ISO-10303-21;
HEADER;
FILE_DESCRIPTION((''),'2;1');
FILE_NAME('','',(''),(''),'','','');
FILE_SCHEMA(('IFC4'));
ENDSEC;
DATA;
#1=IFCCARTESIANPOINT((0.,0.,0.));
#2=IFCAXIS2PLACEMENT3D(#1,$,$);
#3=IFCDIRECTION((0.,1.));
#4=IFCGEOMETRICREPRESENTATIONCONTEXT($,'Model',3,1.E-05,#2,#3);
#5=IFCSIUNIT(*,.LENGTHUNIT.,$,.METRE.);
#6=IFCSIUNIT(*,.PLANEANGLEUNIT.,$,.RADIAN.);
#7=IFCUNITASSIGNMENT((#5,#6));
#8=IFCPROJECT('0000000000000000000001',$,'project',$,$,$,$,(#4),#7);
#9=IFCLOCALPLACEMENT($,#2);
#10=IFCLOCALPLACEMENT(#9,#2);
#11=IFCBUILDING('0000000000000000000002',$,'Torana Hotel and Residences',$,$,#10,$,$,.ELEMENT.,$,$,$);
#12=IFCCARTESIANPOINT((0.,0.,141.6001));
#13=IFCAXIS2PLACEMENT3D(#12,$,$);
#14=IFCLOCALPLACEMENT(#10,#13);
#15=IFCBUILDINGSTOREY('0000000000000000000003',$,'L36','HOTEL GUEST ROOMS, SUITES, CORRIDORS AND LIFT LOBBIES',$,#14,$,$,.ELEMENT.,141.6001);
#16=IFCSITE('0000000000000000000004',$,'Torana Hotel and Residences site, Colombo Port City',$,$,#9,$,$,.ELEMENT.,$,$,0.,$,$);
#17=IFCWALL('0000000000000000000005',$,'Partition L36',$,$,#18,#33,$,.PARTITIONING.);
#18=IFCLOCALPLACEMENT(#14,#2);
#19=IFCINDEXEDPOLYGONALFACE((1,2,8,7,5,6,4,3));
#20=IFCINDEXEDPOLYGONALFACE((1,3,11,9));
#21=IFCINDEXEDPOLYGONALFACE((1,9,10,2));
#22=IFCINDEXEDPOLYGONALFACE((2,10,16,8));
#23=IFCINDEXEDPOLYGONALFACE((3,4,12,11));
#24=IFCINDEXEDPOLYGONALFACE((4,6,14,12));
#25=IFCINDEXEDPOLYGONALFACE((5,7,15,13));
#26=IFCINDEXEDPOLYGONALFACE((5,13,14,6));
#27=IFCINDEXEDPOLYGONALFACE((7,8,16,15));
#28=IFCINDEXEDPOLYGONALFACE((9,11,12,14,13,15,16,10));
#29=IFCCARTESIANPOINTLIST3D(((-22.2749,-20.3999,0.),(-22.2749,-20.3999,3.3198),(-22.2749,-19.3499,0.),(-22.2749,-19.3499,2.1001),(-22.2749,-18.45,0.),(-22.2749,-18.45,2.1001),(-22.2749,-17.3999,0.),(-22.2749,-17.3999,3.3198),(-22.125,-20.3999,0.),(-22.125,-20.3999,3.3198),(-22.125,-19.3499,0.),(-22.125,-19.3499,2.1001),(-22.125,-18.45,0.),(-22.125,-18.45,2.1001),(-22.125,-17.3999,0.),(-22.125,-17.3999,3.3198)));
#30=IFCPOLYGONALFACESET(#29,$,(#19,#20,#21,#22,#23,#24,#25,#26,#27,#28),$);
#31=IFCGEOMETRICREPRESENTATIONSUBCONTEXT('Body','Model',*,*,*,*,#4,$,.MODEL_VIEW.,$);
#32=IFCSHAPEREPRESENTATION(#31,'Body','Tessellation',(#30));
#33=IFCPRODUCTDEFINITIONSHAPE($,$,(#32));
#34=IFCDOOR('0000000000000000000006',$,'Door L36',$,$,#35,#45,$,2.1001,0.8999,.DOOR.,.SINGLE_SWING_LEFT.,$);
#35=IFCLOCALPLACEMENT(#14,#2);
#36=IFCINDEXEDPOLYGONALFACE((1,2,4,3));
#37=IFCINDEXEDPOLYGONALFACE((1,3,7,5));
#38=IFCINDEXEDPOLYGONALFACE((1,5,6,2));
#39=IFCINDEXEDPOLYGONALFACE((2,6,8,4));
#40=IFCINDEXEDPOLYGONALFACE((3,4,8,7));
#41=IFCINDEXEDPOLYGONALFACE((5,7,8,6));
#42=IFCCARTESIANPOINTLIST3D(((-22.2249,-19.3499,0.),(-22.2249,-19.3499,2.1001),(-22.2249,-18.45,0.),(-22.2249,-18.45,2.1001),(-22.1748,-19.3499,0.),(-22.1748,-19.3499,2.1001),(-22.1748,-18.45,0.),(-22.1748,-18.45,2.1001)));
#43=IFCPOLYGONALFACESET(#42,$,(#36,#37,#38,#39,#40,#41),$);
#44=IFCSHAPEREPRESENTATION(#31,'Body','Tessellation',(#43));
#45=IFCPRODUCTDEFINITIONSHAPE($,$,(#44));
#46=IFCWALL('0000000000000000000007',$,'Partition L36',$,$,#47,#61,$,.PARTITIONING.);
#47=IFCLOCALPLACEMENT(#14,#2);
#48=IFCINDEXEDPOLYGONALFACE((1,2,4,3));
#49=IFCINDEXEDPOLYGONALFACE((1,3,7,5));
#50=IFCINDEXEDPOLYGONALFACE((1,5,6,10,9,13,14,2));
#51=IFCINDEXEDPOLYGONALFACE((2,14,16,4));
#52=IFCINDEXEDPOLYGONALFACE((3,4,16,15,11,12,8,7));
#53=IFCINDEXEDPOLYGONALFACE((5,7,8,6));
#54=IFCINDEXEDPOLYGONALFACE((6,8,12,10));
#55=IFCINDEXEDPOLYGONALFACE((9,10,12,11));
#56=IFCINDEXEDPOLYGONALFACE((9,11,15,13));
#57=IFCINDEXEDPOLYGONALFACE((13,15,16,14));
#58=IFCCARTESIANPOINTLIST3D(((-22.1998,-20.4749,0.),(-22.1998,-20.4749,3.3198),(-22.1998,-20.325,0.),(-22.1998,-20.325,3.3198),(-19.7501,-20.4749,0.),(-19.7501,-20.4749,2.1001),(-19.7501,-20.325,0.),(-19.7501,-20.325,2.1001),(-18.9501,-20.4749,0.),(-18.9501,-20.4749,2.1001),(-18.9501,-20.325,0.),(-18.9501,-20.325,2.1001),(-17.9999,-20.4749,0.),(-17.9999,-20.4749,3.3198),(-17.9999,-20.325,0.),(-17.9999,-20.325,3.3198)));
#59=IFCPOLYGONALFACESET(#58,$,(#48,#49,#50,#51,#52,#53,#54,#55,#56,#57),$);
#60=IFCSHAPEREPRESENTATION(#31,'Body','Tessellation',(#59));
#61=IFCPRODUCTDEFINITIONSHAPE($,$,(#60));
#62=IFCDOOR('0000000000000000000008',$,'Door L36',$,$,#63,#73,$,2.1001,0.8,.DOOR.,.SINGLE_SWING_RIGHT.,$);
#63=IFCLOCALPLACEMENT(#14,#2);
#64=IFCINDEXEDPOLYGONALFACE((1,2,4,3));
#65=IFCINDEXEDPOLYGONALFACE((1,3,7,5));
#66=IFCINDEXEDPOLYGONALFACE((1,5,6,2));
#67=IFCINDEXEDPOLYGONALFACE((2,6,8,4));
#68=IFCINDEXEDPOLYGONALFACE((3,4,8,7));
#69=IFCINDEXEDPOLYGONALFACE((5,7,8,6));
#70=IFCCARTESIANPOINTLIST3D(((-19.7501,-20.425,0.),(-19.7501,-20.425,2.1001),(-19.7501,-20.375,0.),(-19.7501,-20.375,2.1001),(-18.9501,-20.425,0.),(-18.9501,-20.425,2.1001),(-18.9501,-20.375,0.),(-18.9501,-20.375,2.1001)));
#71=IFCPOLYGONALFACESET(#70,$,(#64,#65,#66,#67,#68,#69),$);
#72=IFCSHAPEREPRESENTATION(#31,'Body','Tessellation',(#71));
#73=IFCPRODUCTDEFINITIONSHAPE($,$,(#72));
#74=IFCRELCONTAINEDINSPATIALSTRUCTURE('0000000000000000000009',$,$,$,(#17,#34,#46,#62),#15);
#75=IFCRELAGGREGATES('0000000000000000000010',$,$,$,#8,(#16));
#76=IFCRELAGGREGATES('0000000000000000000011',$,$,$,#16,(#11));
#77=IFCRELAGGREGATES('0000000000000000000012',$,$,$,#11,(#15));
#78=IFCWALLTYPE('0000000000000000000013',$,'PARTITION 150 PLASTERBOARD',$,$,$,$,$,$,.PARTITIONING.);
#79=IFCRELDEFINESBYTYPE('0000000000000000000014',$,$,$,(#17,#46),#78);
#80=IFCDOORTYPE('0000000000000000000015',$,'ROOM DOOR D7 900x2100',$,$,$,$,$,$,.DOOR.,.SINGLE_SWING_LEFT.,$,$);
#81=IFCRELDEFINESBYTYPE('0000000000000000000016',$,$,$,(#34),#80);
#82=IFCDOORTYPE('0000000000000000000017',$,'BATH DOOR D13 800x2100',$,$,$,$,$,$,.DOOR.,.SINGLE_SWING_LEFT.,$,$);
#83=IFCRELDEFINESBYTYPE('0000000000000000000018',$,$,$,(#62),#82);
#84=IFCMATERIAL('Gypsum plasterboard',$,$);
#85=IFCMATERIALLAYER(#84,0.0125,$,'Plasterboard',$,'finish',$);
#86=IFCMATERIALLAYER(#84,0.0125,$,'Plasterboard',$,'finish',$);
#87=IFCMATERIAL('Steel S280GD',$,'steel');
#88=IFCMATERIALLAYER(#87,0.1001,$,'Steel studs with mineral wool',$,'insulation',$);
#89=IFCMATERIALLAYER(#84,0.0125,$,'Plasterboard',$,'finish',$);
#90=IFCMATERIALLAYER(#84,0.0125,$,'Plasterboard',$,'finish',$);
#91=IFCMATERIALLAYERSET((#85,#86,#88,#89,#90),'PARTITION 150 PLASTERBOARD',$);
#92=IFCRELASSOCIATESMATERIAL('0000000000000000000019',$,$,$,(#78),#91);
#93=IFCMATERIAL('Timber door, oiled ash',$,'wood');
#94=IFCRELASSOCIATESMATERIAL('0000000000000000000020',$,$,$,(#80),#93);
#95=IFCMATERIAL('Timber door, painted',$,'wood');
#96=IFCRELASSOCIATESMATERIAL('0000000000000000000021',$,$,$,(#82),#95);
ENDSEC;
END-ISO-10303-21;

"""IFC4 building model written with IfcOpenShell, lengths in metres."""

from ifc_helpers import new_model, si_unit, direction, frame, frame_2d, origin, place, context, subcontext, project, spatial, rectangle, extrude, material, layer, layer_set, type_object, element, fill, save


model = new_model("IFC4")

# Units and contexts
model_context = context("Model", 3, precision=1e-05, world=origin(), true_north=direction((0.0, 1.0)))
body_context = subcontext(model_context, "Body", "Model", "MODEL_VIEW")
ifc_project = project(units=[si_unit("LENGTHUNIT", "METRE"), si_unit("PLANEANGLEUNIT", "RADIAN")], contexts=[model_context])

# Site, building, storey
site_placement = place(None, origin())
site = spatial("IfcSite", under=ifc_project, at=site_placement, Name="Torana Hotel and Residences site, Colombo Port City", CompositionType="ELEMENT", RefElevation=0.0)
building_placement = place(site_placement, origin())
building = spatial("IfcBuilding", under=site, at=building_placement, Name="Torana Hotel and Residences", CompositionType="ELEMENT")
storey_placement = place(building_placement, frame((0.0, 0.0, 141.6001)))
storey = spatial("IfcBuildingStorey", under=building, at=storey_placement, Name="L36", Description="HOTEL GUEST ROOMS, SUITES, CORRIDORS AND LIFT LOBBIES", CompositionType="ELEMENT", Elevation=141.6001)

# Shared definitions
ifc_material_1 = material(Name="Gypsum plasterboard")
ifc_layer_1 = layer(ifc_material_1, 0.0125, Name="Plasterboard", Category="finish")
ifc_layer_2 = layer(ifc_material_1, 0.0125, Name="Plasterboard", Category="finish")
ifc_material_2 = material(Name="Steel S280GD", Category="steel")
ifc_layer_3 = layer(ifc_material_2, 0.1001, Name="Steel studs with mineral wool", Category="insulation")
ifc_layer_4 = layer(ifc_material_1, 0.0125, Name="Plasterboard", Category="finish")
ifc_layer_5 = layer(ifc_material_1, 0.0125, Name="Plasterboard", Category="finish")
ifc_layer_set_1 = layer_set([ifc_layer_1, ifc_layer_2, ifc_layer_3, ifc_layer_4, ifc_layer_5], Name="PARTITION 150 PLASTERBOARD")
wall_type_1 = type_object("IfcWallType", Name="PARTITION 150 PLASTERBOARD", PredefinedType="PARTITIONING", material=ifc_layer_set_1)

# Walls, openings, doors
wall_1_placement = place(storey_placement, frame((-22.2, -20.3999, 0.0), z_axis=(0.0, 0.0, 1.0), x_axis=(0.0, 1.0, 0.0)))
wall_1 = element("IfcWall", 1, at=wall_1_placement, inside=storey, type_object=wall_type_1, Name="Partition L36", PredefinedType="PARTITIONING", context=body_context, shape_type="SweptSolid", body=[
    extrude(rectangle(XDim=3.0, YDim=0.1499, at=frame_2d((1.5, 0.0))), origin(), (0.0, 0.0, 1.0), 3.3198),
])
opening_1_placement = place(wall_1_placement, frame((1.05, 0.0, 0.0)))
opening_1 = element("IfcOpeningElement", 2, at=opening_1_placement, cuts=wall_1, PredefinedType="OPENING", context=body_context, shape_type="SweptSolid", body=[
    extrude(rectangle(XDim=0.8999, YDim=2.1001, at=frame_2d((0.45, 1.05))), frame((0.0, 0.085, 0.0), z_axis=(0.0, -1.0, 0.0), x_axis=(1.0, 0.0, 0.0)), (0.0, 0.0, 1.0), 0.1699),
])
ifc_material_3 = material(Name="Timber door, oiled ash", Category="wood")
door_type_1 = type_object("IfcDoorType", Name="ROOM DOOR D7 900x2100", OperationType="SINGLE_SWING_LEFT", PredefinedType="DOOR", material=ifc_material_3)
door_1_placement = place(opening_1_placement, origin())
door_1 = element("IfcDoor", 3, at=door_1_placement, inside=storey, type_object=door_type_1, Name="Door L36", OperationType="SINGLE_SWING_LEFT", OverallHeight=2.1001, OverallWidth=0.8999, PredefinedType="DOOR", context=body_context, shape_type="SweptSolid", body=[
    extrude(rectangle(XDim=0.8999, YDim=2.1001, at=frame_2d((0.45, 1.05))), frame((0.0, 0.0249, 0.0), z_axis=(0.0, -1.0, 0.0), x_axis=(1.0, 0.0, 0.0)), (0.0, 0.0, 1.0), 0.05),
])
fill(opening_1, door_1)
wall_2_placement = place(storey_placement, frame((-22.2, -20.3999, 0.0), z_axis=(0.0, 0.0, 1.0), x_axis=(1.0, 0.0, 0.0)))
wall_2 = element("IfcWall", 4, at=wall_2_placement, inside=storey, type_object=wall_type_1, Name="Partition L36", PredefinedType="PARTITIONING", context=body_context, shape_type="SweptSolid", body=[
    extrude(rectangle(XDim=4.2, YDim=0.1499, at=frame_2d((2.1001, 0.0))), origin(), (0.0, 0.0, 1.0), 3.3198),
])
opening_2_placement = place(wall_2_placement, frame((2.45, 0.0, 0.0)))
opening_2 = element("IfcOpeningElement", 5, at=opening_2_placement, cuts=wall_2, PredefinedType="OPENING", context=body_context, shape_type="SweptSolid", body=[
    extrude(rectangle(XDim=0.8, YDim=2.1001, at=frame_2d((0.3999, 1.05))), frame((0.0, 0.085, 0.0), z_axis=(0.0, -1.0, 0.0), x_axis=(1.0, 0.0, 0.0)), (0.0, 0.0, 1.0), 0.1699),
])
ifc_material_4 = material(Name="Timber door, painted", Category="wood")
door_type_2 = type_object("IfcDoorType", Name="BATH DOOR D13 800x2100", OperationType="SINGLE_SWING_LEFT", PredefinedType="DOOR", material=ifc_material_4)
door_2_placement = place(opening_2_placement, origin())
door_2 = element("IfcDoor", 6, at=door_2_placement, inside=storey, type_object=door_type_2, Name="Door L36", OperationType="SINGLE_SWING_RIGHT", OverallHeight=2.1001, OverallWidth=0.8, PredefinedType="DOOR", context=body_context, shape_type="SweptSolid", body=[
    extrude(rectangle(XDim=0.8, YDim=2.1001, at=frame_2d((0.3999, 1.05))), frame((0.0, 0.0249, 0.0), z_axis=(0.0, -1.0, 0.0), x_axis=(1.0, 0.0, 0.0)), (0.0, 0.0, 1.0), 0.05),
])
fill(opening_2, door_2)

save(model, "model.ifc")
